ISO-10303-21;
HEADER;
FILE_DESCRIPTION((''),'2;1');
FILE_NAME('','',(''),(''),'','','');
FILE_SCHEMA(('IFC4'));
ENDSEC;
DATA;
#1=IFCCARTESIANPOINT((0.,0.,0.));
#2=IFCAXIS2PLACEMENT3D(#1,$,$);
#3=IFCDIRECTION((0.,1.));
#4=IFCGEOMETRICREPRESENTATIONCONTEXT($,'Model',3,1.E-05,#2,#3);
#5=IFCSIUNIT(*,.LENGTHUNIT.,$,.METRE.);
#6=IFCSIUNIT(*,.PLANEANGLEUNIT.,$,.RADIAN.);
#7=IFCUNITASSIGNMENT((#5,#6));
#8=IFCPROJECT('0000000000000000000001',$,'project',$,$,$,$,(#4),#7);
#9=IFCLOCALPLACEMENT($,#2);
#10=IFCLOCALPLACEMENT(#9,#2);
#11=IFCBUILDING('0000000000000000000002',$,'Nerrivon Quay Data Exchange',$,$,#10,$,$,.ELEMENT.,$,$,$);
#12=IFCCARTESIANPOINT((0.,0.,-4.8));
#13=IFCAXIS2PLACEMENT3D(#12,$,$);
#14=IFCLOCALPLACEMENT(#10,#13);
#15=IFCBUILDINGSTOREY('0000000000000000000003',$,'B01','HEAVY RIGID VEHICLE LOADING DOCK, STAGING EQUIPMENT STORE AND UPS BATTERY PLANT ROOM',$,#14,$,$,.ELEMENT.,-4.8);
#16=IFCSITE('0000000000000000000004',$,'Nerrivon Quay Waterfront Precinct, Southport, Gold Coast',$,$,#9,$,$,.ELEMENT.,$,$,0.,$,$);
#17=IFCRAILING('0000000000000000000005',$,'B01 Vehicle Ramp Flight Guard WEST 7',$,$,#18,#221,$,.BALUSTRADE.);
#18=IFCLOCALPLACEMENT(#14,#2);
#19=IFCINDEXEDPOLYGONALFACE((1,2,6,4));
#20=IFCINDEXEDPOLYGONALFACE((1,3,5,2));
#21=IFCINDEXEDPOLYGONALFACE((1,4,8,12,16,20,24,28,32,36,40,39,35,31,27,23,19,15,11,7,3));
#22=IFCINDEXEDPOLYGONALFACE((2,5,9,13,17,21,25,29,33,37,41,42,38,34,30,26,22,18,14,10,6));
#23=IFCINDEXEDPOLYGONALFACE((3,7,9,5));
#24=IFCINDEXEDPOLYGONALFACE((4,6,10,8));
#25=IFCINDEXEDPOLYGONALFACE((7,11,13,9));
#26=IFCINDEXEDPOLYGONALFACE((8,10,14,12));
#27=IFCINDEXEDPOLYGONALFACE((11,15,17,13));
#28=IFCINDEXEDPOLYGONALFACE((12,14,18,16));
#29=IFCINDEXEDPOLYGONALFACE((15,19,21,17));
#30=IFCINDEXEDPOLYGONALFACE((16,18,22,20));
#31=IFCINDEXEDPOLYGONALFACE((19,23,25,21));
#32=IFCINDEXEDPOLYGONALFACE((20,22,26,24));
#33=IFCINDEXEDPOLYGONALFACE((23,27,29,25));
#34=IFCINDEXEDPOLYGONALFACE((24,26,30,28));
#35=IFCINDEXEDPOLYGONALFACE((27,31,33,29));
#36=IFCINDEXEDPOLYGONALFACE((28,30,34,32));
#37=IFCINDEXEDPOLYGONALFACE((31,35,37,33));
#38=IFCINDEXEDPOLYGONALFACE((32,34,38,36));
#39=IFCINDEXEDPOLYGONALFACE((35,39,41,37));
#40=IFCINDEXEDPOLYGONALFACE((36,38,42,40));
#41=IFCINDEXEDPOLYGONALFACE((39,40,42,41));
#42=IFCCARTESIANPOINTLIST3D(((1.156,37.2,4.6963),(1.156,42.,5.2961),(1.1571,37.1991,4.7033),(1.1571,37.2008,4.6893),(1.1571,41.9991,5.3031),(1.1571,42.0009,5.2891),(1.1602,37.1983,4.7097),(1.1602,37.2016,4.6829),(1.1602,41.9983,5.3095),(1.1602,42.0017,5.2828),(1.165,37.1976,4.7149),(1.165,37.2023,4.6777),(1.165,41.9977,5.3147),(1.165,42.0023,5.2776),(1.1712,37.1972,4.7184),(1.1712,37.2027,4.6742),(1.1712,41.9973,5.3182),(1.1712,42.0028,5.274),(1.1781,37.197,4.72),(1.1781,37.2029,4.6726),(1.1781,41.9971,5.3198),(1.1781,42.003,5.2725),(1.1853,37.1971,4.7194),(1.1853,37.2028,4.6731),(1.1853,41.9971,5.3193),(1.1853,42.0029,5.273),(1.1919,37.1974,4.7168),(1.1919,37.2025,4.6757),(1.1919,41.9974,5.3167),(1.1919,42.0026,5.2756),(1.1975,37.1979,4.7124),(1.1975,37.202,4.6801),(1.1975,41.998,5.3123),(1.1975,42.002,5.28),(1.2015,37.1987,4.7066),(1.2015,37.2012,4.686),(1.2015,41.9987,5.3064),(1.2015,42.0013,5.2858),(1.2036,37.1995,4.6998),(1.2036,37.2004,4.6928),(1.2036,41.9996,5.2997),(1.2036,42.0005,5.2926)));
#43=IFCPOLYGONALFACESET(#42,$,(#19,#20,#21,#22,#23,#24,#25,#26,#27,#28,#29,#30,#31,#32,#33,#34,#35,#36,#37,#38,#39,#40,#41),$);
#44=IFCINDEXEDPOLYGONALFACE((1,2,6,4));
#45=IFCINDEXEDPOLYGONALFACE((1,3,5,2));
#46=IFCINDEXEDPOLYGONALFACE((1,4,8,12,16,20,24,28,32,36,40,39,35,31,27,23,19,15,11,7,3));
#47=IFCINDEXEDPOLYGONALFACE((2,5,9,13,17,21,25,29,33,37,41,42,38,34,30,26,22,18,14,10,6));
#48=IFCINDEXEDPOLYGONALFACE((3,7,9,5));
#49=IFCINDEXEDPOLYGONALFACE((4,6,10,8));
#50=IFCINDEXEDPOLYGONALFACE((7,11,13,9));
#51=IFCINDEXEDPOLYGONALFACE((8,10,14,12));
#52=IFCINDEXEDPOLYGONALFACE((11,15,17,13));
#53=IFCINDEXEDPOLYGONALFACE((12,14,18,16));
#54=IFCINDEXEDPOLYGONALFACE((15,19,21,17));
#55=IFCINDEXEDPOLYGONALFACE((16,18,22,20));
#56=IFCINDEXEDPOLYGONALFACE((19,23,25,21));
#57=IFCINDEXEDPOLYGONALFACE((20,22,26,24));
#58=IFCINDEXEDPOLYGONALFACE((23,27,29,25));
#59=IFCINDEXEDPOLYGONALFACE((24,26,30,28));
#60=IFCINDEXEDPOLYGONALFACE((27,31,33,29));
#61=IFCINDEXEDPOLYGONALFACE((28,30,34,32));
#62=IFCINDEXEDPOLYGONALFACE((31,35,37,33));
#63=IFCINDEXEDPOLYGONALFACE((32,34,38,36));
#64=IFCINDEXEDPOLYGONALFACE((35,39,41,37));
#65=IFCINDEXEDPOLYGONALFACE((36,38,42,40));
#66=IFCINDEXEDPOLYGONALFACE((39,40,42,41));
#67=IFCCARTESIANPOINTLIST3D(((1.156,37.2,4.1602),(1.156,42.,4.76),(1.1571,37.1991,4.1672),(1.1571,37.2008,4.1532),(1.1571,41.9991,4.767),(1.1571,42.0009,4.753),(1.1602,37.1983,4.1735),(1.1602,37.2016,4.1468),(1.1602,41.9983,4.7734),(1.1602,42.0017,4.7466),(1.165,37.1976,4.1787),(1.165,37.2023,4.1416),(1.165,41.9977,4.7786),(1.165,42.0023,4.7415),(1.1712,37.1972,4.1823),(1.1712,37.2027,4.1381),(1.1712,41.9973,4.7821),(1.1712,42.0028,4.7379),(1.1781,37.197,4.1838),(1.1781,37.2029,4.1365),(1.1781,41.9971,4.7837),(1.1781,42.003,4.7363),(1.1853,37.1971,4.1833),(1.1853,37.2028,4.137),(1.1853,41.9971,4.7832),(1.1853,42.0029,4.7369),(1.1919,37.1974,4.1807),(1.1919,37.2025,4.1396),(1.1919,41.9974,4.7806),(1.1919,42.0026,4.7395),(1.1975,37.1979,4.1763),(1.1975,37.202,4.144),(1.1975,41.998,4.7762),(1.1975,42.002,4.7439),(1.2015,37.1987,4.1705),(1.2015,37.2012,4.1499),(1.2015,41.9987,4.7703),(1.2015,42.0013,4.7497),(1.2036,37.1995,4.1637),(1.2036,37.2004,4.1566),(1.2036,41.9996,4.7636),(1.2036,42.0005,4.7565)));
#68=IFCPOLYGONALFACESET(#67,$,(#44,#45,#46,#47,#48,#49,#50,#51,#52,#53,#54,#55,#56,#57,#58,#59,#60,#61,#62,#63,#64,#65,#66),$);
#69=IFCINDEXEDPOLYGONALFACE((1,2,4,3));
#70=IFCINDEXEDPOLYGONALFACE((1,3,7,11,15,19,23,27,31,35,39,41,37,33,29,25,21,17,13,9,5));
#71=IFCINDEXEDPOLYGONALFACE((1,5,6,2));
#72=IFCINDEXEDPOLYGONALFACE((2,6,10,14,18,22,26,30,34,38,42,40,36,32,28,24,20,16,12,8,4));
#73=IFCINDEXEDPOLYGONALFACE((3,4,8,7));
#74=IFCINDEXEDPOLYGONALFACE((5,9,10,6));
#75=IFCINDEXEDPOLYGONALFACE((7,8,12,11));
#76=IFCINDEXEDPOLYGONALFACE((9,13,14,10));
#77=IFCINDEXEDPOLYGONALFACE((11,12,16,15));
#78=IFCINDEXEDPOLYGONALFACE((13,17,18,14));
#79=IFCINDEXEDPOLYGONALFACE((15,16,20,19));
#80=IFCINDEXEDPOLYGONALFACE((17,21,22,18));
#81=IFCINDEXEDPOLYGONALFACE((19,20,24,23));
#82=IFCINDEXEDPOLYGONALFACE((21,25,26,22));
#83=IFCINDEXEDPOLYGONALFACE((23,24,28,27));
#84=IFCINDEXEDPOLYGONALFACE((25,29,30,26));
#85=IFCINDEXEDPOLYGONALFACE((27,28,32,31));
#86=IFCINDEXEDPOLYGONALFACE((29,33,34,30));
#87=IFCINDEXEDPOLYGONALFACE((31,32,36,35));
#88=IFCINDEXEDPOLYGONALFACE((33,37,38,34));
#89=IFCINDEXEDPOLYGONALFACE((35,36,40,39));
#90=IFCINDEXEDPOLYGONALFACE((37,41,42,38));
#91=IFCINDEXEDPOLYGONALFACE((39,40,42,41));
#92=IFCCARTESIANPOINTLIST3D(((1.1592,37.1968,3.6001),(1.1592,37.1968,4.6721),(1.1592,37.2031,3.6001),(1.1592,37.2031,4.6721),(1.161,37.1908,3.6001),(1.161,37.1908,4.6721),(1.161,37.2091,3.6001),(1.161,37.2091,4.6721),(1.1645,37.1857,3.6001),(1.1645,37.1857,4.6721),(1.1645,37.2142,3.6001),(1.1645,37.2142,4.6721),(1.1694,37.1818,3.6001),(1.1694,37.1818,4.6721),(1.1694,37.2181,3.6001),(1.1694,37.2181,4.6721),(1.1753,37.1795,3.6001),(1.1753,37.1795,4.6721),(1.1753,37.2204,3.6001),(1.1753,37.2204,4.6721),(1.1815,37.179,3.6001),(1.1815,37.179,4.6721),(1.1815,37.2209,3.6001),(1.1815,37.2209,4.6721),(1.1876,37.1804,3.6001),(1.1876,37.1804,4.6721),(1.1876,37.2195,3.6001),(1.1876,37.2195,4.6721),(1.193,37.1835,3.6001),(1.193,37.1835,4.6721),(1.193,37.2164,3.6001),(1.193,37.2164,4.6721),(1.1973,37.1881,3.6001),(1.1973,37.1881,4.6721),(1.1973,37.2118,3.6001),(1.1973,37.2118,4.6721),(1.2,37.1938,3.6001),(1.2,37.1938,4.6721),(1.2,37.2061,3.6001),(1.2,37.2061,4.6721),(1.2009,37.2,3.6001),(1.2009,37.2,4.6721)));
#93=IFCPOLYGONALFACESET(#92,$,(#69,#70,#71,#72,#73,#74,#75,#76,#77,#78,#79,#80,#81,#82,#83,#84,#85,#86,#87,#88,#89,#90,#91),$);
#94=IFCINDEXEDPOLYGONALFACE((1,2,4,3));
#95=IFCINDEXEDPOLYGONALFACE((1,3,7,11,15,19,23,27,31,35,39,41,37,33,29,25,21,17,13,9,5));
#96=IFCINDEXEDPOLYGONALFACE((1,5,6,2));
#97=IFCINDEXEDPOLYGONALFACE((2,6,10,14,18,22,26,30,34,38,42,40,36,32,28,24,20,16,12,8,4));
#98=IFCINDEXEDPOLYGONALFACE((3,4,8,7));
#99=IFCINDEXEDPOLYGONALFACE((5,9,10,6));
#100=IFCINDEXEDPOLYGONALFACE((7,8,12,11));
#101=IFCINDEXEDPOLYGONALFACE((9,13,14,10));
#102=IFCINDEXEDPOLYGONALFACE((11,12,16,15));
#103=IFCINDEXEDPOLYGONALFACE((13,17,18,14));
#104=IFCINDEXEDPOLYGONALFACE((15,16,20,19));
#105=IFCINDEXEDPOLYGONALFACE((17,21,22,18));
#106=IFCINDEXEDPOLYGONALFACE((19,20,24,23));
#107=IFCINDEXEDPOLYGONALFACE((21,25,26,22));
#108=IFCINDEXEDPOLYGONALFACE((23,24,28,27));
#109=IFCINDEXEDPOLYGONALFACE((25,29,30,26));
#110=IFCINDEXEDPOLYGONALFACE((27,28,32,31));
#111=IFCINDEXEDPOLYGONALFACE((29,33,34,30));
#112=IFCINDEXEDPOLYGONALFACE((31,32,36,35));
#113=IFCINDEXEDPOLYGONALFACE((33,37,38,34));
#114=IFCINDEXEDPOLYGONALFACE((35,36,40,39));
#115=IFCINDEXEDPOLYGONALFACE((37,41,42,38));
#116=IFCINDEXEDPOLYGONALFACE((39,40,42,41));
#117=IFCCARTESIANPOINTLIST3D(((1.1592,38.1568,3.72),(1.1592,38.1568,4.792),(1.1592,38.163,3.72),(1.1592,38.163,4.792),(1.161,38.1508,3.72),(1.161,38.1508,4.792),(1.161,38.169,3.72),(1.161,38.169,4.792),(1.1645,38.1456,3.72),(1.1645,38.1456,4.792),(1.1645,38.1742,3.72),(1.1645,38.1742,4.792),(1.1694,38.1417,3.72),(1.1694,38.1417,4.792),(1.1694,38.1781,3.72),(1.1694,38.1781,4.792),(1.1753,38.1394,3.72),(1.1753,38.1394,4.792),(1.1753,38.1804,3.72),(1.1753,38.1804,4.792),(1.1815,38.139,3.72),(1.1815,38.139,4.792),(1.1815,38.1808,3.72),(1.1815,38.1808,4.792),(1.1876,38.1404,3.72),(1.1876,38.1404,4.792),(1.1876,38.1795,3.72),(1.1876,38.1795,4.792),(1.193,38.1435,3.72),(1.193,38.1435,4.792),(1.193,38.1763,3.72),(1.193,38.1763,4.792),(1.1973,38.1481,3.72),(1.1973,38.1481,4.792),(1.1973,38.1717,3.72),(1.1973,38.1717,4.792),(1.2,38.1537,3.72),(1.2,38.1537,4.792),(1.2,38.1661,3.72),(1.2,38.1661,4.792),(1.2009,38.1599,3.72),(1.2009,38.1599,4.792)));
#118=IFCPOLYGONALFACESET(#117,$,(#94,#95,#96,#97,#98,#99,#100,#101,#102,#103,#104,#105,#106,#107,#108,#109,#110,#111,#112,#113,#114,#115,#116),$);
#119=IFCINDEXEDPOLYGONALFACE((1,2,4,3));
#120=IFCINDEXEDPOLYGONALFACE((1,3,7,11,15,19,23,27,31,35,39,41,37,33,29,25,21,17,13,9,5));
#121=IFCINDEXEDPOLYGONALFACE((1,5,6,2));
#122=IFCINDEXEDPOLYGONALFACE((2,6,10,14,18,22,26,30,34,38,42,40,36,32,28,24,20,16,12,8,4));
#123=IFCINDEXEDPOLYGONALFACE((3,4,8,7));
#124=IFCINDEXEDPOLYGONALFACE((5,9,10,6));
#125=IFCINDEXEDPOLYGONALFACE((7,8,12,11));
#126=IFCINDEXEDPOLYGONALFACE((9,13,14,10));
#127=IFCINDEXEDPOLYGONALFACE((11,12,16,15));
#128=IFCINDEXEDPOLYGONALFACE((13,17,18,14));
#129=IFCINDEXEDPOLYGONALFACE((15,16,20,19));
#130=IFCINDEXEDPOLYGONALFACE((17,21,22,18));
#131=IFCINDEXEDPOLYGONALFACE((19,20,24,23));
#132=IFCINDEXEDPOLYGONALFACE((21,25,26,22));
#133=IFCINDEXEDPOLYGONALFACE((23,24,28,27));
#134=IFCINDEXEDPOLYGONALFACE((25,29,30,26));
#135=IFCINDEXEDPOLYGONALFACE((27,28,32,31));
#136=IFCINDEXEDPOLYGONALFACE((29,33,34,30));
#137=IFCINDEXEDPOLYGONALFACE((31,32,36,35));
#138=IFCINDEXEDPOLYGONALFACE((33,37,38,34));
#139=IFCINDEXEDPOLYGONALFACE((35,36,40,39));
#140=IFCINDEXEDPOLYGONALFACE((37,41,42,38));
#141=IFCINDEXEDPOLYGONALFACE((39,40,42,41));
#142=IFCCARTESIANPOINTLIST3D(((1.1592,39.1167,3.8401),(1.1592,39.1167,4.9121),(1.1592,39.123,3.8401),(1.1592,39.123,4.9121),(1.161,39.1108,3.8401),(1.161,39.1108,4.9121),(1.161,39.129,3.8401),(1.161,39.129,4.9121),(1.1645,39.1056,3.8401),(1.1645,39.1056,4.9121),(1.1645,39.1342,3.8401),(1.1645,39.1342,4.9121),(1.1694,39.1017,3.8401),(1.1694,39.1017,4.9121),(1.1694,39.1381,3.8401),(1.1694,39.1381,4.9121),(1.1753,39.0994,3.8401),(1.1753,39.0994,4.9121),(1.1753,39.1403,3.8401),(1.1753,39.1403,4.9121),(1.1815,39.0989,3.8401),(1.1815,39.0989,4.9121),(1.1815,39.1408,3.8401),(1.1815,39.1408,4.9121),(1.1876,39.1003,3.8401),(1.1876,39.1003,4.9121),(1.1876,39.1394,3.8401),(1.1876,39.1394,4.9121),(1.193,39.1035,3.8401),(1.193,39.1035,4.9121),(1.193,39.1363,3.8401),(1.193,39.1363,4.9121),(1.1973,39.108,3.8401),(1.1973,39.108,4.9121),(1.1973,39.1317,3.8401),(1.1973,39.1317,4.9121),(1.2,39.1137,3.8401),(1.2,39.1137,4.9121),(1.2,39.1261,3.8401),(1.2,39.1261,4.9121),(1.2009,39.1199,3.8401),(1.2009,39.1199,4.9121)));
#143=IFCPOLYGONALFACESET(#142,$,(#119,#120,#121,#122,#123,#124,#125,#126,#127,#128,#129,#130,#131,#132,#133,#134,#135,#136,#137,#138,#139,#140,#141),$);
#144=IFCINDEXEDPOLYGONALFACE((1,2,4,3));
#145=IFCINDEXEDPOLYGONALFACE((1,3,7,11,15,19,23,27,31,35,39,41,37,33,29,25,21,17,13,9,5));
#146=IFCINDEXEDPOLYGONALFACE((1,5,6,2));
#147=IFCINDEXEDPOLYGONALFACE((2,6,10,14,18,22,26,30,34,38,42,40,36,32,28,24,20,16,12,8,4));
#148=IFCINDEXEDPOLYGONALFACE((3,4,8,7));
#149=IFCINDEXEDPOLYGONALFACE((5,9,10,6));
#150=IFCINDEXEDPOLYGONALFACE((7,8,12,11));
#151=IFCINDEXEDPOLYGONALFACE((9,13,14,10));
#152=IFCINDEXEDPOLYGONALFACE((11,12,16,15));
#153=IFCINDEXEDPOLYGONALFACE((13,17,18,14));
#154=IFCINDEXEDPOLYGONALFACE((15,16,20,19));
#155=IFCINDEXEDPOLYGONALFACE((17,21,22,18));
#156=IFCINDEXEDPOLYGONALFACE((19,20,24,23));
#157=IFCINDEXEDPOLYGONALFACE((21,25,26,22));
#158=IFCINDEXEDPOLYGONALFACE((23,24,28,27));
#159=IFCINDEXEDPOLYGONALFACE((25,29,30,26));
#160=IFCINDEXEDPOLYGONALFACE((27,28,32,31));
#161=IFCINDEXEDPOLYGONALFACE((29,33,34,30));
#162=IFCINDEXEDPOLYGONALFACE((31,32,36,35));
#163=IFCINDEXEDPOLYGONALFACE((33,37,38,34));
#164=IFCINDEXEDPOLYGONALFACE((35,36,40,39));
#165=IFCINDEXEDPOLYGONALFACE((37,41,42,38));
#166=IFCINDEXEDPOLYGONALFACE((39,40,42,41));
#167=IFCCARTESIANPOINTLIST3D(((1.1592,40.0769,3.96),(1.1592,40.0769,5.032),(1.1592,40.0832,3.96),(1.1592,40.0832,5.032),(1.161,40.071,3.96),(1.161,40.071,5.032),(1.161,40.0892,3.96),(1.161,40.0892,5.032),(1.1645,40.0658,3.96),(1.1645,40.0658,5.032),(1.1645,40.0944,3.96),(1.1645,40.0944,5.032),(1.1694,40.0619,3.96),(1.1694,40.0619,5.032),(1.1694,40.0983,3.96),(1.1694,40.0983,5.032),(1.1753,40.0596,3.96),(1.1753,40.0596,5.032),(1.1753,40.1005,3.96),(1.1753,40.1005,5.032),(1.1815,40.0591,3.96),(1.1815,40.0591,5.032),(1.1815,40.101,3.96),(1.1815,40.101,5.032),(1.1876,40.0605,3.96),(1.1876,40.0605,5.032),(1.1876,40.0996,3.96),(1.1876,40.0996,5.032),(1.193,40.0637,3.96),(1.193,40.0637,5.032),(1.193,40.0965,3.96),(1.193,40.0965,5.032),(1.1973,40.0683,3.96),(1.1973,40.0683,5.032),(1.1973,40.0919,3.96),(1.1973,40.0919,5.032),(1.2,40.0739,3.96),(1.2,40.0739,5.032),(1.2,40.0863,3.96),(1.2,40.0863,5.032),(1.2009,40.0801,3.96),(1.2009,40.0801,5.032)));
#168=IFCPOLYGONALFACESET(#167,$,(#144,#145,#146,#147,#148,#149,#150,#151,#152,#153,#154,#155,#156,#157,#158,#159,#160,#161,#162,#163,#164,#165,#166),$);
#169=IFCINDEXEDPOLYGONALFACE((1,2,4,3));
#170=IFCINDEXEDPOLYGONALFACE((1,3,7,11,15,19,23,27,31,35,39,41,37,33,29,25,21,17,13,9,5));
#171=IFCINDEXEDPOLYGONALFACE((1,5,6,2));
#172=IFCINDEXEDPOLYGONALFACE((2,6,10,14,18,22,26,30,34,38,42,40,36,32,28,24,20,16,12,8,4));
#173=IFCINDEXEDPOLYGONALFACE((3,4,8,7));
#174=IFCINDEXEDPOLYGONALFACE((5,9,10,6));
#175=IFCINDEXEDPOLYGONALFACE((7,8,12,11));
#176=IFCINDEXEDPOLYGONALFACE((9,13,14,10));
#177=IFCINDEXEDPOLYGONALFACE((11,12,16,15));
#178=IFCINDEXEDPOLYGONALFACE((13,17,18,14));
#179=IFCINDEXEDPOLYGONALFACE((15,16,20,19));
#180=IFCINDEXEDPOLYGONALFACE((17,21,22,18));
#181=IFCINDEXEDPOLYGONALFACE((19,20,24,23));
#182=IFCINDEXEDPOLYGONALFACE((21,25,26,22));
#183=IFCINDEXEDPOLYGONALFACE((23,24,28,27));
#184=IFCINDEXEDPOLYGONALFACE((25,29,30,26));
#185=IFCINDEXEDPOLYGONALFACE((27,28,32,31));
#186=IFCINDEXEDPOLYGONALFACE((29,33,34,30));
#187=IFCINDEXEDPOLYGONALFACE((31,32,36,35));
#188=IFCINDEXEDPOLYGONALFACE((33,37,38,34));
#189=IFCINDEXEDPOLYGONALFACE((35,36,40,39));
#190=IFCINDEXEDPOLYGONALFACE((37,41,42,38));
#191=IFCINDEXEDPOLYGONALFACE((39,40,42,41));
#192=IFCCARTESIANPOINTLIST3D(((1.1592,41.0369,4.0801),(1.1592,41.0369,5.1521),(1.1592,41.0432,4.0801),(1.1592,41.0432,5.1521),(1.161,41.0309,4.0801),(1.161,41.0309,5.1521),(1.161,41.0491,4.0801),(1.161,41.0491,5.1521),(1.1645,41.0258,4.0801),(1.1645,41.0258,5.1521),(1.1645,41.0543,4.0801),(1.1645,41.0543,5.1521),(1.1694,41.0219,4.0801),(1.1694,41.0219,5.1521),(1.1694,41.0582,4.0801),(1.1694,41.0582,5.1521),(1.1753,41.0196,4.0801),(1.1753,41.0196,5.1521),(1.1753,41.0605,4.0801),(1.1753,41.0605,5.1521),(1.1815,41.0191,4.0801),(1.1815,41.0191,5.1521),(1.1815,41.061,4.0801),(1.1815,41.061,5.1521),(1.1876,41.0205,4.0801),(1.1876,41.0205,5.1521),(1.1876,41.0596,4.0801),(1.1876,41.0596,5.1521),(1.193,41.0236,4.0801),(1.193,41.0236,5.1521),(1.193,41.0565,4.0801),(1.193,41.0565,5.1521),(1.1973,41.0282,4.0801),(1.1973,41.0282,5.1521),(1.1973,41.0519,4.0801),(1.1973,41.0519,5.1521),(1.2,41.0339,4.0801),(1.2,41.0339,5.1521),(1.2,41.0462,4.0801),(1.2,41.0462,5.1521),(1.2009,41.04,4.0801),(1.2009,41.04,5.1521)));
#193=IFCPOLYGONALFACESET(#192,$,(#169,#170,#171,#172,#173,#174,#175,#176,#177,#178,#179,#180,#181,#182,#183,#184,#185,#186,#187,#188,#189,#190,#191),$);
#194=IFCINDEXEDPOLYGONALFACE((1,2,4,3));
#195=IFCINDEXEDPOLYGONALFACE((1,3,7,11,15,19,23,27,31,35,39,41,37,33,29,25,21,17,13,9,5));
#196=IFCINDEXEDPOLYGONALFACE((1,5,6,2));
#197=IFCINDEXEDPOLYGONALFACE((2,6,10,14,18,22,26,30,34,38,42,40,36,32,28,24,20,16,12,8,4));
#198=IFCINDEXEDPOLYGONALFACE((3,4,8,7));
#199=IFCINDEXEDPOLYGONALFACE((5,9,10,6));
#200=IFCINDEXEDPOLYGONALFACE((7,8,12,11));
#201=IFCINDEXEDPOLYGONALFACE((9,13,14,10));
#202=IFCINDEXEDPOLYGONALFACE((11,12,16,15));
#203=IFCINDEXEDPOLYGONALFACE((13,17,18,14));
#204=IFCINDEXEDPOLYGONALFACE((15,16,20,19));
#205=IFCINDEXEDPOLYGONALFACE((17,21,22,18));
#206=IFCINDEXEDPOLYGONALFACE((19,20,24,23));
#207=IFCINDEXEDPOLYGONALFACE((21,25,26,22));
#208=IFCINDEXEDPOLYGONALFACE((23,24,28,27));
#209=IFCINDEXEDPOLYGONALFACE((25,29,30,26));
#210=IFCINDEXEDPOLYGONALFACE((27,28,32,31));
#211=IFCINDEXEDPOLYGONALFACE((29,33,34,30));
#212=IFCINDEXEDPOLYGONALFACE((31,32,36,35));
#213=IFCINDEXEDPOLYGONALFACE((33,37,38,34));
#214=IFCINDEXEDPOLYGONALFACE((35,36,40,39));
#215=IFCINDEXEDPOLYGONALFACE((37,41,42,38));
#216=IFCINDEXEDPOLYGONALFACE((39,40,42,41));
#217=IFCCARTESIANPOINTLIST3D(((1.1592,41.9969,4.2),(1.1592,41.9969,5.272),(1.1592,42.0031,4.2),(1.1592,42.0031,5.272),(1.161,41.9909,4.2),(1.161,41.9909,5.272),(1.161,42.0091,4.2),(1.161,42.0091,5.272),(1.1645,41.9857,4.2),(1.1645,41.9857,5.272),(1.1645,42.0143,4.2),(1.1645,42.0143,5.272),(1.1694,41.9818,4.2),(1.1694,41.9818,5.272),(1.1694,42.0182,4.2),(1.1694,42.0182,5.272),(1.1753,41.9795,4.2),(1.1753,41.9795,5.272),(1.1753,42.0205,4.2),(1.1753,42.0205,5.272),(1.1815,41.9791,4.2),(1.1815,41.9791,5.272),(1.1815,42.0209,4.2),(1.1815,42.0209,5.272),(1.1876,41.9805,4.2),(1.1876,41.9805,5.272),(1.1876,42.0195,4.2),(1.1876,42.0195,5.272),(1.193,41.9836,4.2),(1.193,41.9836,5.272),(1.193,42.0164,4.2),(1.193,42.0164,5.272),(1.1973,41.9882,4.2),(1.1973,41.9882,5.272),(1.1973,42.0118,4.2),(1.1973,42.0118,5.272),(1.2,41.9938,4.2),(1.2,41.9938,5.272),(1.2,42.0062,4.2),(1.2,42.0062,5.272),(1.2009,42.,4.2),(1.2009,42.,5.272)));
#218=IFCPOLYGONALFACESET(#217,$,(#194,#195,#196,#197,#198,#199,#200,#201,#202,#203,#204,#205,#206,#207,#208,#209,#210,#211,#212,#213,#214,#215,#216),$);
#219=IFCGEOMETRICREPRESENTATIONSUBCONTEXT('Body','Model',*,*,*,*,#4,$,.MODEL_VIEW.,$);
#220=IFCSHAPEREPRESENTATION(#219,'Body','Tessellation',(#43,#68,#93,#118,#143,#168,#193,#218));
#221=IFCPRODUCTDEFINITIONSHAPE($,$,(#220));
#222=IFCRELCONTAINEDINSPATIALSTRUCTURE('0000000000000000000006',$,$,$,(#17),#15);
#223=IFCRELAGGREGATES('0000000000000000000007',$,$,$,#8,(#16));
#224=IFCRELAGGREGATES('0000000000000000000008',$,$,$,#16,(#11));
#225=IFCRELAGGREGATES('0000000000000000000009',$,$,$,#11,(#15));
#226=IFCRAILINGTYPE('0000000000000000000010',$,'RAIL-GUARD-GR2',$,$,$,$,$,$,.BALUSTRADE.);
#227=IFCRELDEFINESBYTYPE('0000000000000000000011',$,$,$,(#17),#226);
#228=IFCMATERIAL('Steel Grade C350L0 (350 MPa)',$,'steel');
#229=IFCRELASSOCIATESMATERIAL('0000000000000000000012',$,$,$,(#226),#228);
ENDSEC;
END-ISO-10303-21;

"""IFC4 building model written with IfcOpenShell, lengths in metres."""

from ifc_helpers import new_model, si_unit, direction, frame, origin, origin_2d, place, context, subcontext, project, spatial, circle, extrude, material, type_object, element, save


model = new_model("IFC4")

# Units and contexts
model_context = context("Model", 3, precision=1e-05, world=origin(), true_north=direction((0.0, 1.0)))
body_context = subcontext(model_context, "Body", "Model", "MODEL_VIEW")
ifc_project = project(units=[si_unit("LENGTHUNIT", "METRE"), si_unit("PLANEANGLEUNIT", "RADIAN")], contexts=[model_context])

# Site, building, storey
site_placement = place(None, origin())
site = spatial("IfcSite", under=ifc_project, at=site_placement, Name="Nerrivon Quay Waterfront Precinct, Southport, Gold Coast", CompositionType="ELEMENT", RefElevation=0.0)
building_placement = place(site_placement, origin())
building = spatial("IfcBuilding", under=site, at=building_placement, Name="Nerrivon Quay Data Exchange", CompositionType="ELEMENT")
storey_placement = place(building_placement, frame((0.0, 0.0, -4.8)))
storey = spatial("IfcBuildingStorey", under=building, at=storey_placement, Name="B01", Description="HEAVY RIGID VEHICLE LOADING DOCK, STAGING EQUIPMENT STORE AND UPS BATTERY PLANT ROOM", CompositionType="ELEMENT", Elevation=-4.8)

# Railing
ifc_material_1 = material(Name="Steel Grade C350L0 (350 MPa)", Category="steel")
railing_type_1 = type_object("IfcRailingType", Name="RAIL-GUARD-GR2", PredefinedType="BALUSTRADE", material=ifc_material_1)
railing_1_placement = place(storey_placement, frame((1.1799, 37.2, 3.6001)))
element("IfcRailing", 1, at=railing_1_placement, inside=storey, type_object=railing_type_1, Name="B01 Vehicle Ramp Flight Guard WEST 7", PredefinedType="BALUSTRADE", context=body_context, shape_type="SweptSolid", body=[
    extrude(circle(Radius=0.0239, at=origin_2d()), frame((0.0, 0.0, 1.0962), z_axis=(0.0, 0.992282, 0.124004), x_axis=(-1.0, 0.0, 0.0)), (0.0, 0.0, 1.0), 4.8374),
    extrude(circle(Radius=0.0239, at=origin_2d()), frame((0.0, 0.0, 0.5601), z_axis=(0.0, 0.992282, 0.124004), x_axis=(-1.0, 0.0, 0.0)), (0.0, 0.0, 1.0), 4.8374),
    extrude(circle(Radius=0.021, at=origin_2d()), origin(), (0.0, 0.0, 1.0), 1.072),
    extrude(circle(Radius=0.021, at=origin_2d()), frame((0.0, 0.96, 0.1199)), (0.0, 0.0, 1.0), 1.072),
    extrude(circle(Radius=0.021, at=origin_2d()), frame((0.0, 1.9199, 0.24)), (0.0, 0.0, 1.0), 1.072),
    extrude(circle(Radius=0.021, at=origin_2d()), frame((0.0, 2.8801, 0.3599)), (0.0, 0.0, 1.0), 1.072),
    extrude(circle(Radius=0.021, at=origin_2d()), frame((0.0, 3.8401, 0.48)), (0.0, 0.0, 1.0), 1.072),
    extrude(circle(Radius=0.021, at=origin_2d()), frame((0.0, 4.8, 0.5999)), (0.0, 0.0, 1.0), 1.072),
])

save(model, "model.ifc")
